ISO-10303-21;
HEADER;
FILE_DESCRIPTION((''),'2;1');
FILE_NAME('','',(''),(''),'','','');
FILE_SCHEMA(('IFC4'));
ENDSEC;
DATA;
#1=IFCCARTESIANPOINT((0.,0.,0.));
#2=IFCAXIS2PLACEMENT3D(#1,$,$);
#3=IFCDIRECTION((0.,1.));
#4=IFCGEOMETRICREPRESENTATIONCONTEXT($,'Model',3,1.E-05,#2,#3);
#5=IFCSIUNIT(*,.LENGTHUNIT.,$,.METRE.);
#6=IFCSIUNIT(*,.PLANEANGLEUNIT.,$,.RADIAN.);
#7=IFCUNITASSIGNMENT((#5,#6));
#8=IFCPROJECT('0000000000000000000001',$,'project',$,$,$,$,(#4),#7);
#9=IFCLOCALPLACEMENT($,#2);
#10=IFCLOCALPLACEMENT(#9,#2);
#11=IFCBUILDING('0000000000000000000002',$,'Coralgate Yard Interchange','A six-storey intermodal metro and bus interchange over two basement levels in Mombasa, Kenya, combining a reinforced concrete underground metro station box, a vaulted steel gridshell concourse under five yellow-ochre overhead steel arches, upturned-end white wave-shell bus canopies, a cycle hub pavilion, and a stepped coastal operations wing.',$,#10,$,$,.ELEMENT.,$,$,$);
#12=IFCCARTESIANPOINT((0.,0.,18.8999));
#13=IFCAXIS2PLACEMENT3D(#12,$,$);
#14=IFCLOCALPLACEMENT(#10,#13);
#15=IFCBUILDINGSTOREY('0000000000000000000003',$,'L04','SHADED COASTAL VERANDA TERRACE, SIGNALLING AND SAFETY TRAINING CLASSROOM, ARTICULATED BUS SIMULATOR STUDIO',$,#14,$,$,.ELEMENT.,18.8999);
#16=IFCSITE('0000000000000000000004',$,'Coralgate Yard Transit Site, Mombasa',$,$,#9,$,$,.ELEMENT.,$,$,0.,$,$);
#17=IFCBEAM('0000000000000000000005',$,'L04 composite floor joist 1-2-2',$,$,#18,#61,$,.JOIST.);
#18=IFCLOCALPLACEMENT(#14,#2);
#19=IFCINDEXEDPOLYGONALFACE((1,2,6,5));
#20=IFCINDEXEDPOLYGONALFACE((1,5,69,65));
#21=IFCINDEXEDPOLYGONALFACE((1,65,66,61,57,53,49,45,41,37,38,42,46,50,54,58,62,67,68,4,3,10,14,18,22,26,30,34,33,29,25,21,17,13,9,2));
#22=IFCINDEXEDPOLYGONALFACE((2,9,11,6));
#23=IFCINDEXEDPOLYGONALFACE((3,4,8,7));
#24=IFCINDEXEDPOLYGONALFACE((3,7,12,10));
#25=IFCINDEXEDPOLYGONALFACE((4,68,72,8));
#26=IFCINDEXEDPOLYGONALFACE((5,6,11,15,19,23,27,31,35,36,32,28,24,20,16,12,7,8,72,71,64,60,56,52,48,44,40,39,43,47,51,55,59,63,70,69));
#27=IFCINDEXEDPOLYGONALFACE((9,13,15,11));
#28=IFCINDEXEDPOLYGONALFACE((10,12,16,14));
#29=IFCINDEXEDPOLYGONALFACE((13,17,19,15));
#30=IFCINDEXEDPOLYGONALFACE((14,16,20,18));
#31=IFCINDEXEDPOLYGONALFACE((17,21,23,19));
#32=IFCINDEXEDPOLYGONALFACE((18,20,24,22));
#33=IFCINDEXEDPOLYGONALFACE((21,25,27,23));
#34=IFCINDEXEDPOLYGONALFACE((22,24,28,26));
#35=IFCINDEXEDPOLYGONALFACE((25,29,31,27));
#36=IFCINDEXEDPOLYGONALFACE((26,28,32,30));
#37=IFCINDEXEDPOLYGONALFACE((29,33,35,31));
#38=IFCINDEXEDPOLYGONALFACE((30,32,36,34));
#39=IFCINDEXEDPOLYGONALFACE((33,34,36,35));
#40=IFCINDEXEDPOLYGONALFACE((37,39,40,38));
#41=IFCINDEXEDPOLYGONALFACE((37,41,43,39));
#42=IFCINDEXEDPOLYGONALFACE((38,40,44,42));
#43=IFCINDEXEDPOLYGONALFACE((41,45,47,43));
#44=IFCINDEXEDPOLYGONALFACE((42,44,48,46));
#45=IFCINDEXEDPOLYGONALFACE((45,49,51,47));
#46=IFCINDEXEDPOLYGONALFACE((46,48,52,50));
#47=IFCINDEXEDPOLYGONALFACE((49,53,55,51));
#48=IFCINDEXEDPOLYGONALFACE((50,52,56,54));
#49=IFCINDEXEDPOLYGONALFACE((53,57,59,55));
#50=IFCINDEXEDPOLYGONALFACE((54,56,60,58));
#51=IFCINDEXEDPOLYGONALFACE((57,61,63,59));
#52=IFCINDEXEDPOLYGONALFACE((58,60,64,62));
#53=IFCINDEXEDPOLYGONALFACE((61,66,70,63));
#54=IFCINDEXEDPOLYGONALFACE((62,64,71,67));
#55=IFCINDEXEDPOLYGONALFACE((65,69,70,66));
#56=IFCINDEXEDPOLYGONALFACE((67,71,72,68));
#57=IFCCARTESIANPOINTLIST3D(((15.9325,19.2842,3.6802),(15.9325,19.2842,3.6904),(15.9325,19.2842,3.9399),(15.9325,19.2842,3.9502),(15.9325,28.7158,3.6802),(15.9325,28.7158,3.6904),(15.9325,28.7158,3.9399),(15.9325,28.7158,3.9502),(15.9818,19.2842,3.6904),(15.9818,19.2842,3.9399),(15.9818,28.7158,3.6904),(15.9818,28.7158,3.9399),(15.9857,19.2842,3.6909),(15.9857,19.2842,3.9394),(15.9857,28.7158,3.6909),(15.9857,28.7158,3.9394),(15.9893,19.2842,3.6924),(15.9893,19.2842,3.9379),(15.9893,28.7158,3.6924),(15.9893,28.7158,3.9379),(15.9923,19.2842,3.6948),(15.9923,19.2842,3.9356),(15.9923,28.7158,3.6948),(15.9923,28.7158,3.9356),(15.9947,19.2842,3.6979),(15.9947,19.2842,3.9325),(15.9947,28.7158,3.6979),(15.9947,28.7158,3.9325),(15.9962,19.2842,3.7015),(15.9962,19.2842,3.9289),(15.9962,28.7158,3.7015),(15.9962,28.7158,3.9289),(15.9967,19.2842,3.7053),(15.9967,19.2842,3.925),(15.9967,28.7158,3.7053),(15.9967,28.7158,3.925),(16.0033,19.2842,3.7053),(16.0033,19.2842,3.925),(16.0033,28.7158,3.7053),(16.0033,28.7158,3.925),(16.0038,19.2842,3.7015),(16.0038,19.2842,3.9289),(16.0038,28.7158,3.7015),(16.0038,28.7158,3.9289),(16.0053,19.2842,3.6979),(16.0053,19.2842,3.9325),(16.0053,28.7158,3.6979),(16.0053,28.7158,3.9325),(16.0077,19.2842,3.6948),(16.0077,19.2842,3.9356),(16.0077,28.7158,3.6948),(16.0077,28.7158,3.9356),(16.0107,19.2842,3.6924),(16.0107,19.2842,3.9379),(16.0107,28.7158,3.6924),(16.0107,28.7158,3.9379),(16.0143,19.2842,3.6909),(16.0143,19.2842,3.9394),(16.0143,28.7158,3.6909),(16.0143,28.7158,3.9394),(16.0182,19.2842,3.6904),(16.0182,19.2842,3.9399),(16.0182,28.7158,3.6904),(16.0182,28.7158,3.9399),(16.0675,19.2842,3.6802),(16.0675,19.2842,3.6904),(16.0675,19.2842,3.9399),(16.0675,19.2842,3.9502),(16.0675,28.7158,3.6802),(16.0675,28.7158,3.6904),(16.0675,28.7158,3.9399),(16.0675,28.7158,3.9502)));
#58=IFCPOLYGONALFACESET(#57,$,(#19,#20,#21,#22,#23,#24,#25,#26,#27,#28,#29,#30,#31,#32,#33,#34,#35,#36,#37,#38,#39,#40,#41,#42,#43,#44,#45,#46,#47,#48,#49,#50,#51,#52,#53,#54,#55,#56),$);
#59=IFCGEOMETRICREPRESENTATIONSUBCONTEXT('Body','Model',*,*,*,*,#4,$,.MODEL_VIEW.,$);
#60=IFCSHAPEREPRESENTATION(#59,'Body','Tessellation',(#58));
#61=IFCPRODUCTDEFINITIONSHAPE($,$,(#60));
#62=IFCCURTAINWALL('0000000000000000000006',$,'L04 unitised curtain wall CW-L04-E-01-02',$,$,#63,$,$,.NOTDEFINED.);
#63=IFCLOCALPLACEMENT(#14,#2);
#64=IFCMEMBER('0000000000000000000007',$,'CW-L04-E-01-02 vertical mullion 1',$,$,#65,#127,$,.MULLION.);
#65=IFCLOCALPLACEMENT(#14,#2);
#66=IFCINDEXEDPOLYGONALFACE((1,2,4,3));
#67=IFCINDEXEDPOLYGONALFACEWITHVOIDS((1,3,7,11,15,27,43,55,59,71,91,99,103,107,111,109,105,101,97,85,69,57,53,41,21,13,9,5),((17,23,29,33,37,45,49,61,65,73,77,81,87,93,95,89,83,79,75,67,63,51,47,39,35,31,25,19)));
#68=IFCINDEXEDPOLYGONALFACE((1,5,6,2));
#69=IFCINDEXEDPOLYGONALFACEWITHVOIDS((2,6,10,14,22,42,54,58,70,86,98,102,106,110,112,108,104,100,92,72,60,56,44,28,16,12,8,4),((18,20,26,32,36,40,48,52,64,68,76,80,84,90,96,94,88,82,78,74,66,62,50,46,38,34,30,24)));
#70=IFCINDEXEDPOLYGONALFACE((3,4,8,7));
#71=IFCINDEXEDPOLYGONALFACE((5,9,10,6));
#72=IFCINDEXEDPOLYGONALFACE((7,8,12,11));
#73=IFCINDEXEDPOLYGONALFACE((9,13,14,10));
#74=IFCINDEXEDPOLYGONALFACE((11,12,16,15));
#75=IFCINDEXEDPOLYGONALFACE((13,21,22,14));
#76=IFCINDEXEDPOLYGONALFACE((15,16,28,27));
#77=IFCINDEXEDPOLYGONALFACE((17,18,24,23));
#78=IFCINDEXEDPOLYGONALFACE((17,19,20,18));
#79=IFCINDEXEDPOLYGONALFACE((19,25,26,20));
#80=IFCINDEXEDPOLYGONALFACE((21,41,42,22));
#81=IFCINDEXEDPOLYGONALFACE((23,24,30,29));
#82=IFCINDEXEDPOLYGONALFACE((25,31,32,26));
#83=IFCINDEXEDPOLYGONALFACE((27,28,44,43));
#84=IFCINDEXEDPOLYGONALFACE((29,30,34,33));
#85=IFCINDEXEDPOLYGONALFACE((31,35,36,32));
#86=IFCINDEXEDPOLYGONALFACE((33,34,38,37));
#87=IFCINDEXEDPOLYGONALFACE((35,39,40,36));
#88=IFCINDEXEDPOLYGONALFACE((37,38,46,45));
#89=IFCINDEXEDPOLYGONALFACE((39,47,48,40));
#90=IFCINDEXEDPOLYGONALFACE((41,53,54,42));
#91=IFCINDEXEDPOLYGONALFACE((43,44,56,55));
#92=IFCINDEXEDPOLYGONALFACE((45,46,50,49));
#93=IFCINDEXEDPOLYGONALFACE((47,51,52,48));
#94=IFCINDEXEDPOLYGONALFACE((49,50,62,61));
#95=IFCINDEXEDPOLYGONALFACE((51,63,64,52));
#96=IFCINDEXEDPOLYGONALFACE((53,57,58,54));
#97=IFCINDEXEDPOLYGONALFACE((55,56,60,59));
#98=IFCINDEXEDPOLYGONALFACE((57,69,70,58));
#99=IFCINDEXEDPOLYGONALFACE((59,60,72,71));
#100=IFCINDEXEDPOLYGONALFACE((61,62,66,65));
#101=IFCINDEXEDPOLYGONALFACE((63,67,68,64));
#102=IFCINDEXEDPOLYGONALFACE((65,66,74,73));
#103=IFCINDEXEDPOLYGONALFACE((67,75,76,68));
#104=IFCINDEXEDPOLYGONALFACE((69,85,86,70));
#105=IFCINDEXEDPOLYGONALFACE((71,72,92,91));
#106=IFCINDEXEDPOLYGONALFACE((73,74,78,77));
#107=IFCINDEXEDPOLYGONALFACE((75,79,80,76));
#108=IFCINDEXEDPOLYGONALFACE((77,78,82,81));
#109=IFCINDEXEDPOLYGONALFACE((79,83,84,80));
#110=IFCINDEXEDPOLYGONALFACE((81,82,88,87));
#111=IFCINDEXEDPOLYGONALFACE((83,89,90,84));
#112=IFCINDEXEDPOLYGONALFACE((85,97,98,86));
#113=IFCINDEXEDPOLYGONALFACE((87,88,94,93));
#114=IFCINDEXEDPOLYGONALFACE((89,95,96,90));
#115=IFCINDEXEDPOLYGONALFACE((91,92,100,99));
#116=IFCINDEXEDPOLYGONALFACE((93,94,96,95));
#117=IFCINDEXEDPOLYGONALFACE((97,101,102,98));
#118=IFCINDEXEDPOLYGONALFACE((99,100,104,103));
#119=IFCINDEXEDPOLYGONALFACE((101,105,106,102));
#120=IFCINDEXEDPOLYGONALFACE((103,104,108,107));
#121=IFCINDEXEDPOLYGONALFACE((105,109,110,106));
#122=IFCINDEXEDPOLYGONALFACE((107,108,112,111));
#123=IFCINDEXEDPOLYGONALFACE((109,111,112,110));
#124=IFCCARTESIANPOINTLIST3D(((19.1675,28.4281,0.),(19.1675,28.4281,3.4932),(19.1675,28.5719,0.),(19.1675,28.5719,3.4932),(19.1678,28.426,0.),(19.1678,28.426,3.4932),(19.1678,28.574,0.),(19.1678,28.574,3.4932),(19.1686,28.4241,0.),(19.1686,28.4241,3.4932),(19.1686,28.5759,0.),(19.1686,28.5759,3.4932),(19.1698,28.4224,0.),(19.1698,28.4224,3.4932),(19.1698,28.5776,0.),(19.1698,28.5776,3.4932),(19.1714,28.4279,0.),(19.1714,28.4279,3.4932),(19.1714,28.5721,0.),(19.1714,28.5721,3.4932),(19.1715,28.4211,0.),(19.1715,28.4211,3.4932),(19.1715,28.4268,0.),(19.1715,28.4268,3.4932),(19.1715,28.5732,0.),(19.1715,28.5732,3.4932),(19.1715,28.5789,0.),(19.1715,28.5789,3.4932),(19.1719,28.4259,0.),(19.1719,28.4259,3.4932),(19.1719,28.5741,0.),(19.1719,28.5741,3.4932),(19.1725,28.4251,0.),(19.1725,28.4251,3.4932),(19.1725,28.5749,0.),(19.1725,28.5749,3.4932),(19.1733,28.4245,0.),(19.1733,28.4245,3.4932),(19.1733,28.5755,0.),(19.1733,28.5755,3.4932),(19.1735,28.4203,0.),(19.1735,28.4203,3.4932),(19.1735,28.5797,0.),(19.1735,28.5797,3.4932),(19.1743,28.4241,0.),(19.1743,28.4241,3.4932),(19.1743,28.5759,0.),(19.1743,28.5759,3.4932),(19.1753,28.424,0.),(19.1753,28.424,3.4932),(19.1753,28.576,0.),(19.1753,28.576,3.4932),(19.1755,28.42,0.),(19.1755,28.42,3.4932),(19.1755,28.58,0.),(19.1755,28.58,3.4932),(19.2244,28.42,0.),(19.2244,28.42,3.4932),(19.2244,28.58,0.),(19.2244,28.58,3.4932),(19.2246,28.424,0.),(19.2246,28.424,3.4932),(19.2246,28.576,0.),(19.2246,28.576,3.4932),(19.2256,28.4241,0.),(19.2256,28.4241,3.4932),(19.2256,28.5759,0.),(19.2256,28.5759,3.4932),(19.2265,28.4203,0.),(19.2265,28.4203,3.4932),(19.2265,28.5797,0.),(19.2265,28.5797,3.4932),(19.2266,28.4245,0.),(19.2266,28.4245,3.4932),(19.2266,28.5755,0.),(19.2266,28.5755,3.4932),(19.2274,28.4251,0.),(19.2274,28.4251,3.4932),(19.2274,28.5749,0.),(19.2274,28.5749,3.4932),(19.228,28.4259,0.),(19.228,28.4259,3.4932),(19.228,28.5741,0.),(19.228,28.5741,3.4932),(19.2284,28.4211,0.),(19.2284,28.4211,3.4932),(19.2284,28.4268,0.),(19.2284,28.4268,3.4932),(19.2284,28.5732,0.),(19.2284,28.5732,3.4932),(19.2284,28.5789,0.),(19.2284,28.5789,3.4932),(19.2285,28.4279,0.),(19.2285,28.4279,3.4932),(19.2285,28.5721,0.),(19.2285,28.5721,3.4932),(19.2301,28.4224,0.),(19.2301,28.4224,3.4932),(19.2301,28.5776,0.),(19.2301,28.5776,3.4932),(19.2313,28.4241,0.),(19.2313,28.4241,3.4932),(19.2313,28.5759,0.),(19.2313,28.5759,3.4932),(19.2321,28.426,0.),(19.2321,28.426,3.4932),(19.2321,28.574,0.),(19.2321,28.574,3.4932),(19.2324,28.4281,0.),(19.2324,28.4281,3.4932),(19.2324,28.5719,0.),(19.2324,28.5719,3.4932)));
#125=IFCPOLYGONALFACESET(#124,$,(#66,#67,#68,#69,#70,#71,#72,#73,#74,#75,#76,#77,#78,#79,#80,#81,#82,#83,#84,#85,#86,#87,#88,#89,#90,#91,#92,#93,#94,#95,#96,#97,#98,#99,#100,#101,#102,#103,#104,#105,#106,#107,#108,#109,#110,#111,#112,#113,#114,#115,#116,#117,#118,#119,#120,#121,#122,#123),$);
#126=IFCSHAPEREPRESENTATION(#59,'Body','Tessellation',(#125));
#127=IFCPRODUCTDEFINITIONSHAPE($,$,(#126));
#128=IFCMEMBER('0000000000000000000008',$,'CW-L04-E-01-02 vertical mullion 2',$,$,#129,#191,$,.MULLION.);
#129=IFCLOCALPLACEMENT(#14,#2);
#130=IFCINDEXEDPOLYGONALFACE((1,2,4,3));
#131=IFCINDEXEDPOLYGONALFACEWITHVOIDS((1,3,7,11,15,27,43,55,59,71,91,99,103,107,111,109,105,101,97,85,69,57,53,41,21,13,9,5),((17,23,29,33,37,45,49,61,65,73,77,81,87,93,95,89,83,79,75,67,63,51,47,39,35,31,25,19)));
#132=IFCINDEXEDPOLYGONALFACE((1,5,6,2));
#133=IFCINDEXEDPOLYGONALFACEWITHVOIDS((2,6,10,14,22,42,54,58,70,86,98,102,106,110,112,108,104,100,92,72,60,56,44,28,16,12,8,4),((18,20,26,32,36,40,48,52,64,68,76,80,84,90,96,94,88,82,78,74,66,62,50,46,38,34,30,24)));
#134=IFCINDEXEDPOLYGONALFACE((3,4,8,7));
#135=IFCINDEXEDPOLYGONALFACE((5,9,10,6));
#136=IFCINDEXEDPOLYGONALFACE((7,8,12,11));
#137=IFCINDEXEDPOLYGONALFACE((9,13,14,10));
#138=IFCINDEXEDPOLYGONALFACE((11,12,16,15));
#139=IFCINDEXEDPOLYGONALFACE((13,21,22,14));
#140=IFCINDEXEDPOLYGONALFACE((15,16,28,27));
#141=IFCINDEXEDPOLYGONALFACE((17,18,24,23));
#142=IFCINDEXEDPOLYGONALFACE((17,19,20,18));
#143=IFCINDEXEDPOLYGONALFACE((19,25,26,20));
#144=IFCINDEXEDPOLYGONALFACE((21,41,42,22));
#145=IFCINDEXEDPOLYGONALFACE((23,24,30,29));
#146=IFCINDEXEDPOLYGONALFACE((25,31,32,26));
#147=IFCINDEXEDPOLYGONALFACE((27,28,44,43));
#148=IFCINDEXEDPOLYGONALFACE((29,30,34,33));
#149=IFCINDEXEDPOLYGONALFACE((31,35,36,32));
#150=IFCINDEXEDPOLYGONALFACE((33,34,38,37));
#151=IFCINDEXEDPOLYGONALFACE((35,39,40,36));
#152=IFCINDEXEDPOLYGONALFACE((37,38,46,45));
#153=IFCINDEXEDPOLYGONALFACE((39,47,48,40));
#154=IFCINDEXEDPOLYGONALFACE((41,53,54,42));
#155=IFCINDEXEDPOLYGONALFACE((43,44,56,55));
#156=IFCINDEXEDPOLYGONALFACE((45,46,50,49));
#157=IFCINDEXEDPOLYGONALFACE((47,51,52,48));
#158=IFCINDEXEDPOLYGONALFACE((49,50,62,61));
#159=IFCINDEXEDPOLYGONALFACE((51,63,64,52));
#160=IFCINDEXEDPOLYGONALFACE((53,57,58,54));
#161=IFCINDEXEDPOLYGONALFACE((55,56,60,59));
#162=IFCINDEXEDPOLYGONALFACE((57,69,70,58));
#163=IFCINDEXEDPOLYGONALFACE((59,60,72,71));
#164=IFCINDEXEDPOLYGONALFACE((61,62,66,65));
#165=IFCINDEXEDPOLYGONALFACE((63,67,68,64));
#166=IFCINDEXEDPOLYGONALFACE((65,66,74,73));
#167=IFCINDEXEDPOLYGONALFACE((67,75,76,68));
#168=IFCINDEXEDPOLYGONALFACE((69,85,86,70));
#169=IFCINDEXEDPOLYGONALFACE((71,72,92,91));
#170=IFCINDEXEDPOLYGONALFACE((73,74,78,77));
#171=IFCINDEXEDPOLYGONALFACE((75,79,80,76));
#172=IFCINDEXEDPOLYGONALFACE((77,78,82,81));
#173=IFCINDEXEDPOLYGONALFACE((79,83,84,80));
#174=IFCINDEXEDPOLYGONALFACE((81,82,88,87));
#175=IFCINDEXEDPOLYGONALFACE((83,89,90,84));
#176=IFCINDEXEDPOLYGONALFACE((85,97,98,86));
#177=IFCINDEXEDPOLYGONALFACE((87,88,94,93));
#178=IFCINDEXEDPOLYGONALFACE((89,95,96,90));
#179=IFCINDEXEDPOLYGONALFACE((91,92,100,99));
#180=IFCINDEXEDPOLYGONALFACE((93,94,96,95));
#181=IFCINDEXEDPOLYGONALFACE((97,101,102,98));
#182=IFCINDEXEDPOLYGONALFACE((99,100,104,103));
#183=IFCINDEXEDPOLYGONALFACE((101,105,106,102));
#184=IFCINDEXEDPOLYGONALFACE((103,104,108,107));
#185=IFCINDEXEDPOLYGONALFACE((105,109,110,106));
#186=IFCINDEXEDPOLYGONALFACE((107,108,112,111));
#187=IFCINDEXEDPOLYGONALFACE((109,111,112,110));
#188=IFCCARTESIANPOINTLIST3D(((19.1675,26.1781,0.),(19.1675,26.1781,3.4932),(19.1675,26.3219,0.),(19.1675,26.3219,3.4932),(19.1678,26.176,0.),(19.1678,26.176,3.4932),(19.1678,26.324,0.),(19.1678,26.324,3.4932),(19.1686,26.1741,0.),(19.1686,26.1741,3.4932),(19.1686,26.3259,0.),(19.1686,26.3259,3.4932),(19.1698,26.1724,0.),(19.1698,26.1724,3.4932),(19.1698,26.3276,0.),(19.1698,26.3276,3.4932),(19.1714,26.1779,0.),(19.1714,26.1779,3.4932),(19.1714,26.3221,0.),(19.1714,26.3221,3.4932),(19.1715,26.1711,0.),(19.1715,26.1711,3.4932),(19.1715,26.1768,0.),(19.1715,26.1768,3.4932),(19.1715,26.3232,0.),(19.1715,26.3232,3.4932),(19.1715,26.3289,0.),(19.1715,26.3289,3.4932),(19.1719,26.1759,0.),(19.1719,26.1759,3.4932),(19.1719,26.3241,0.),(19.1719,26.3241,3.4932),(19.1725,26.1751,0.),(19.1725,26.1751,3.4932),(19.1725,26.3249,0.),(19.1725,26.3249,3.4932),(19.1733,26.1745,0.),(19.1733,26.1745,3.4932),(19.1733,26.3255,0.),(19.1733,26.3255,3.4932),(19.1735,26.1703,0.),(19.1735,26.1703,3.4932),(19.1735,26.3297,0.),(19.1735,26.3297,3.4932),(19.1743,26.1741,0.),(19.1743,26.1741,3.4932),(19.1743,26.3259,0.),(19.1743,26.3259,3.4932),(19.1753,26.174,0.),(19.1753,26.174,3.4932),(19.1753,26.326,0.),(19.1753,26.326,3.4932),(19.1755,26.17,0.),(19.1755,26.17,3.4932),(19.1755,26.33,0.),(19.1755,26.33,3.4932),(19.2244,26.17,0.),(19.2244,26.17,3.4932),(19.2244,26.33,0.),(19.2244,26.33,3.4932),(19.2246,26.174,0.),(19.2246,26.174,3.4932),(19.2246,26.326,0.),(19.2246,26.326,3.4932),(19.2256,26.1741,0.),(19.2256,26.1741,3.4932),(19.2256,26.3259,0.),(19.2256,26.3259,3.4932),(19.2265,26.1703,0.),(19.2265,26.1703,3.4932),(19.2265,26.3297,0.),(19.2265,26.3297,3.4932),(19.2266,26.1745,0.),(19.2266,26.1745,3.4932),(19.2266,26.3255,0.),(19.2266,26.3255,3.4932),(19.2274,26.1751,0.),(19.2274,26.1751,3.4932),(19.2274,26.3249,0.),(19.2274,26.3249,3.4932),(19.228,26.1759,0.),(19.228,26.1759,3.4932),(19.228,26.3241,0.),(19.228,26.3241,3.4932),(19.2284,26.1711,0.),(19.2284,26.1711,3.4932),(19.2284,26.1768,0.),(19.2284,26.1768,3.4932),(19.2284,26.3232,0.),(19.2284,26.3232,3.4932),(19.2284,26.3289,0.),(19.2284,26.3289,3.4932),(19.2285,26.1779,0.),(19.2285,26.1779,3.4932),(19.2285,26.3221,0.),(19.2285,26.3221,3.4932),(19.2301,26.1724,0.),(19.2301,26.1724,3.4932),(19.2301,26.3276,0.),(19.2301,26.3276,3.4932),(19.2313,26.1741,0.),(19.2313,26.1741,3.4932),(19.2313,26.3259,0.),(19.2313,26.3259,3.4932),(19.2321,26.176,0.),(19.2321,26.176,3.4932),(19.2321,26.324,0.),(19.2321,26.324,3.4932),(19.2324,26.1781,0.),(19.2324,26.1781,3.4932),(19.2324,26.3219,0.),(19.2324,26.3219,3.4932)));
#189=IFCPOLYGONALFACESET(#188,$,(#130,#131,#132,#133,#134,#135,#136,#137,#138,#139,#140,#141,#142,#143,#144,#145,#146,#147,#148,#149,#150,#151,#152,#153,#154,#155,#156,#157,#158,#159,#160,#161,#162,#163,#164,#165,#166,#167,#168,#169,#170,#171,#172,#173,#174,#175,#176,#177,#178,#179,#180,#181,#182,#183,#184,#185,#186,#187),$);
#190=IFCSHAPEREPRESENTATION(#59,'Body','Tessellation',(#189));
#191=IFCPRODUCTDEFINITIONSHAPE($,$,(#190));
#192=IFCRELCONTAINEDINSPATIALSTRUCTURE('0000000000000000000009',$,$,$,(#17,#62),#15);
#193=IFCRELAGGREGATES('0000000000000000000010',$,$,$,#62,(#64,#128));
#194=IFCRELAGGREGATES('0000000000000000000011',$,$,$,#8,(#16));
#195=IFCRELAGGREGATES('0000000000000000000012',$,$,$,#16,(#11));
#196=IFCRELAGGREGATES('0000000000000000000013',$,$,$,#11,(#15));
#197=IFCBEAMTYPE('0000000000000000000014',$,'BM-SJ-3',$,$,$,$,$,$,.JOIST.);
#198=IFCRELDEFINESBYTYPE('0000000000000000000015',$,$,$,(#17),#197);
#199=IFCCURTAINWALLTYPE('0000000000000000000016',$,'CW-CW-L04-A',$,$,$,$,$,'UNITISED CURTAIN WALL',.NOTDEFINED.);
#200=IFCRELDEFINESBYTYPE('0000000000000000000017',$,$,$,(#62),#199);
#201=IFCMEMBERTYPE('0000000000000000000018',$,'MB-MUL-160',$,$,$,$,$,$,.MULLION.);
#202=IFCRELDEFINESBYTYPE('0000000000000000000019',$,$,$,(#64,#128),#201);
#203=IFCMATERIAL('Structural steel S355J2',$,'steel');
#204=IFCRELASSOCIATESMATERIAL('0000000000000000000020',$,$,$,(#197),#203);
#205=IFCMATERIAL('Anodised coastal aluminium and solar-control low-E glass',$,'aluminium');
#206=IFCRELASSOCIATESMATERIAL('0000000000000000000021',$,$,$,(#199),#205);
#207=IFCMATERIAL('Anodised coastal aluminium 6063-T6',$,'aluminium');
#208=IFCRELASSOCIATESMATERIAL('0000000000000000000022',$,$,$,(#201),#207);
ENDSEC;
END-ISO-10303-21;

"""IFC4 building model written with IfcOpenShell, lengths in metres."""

from ifc_helpers import new_model, si_unit, direction, frame, origin, origin_2d, place, context, subcontext, project, spatial, hollow_rectangle, i_section, extrude, material, material_profile, profile_set, type_object, element, aggregate, save


model = new_model("IFC4")

# Units and contexts
model_context = context("Model", 3, precision=1e-05, world=origin(), true_north=direction((0.0, 1.0)))
body_context = subcontext(model_context, "Body", "Model", "MODEL_VIEW")
ifc_project = project(units=[si_unit("LENGTHUNIT", "METRE"), si_unit("PLANEANGLEUNIT", "RADIAN")], contexts=[model_context])

# Site, building, storey
site_placement = place(None, origin())
site = spatial("IfcSite", under=ifc_project, at=site_placement, Name="Coralgate Yard Transit Site, Mombasa", CompositionType="ELEMENT", RefElevation=0.0)
building_placement = place(site_placement, origin())
building = spatial("IfcBuilding", under=site, at=building_placement, Name="Coralgate Yard Interchange", Description="A six-storey intermodal metro and bus interchange over two basement levels in Mombasa, Kenya, combining a reinforced concrete underground metro station box, a vaulted steel gridshell concourse under five yellow-ochre overhead steel arches, upturned-end white wave-shell bus canopies, a cycle hub pavilion, and a stepped coastal operations wing.", CompositionType="ELEMENT")
storey_placement = place(building_placement, frame((0.0, 0.0, 18.8999)))
storey = spatial("IfcBuildingStorey", under=building, at=storey_placement, Name="L04", Description="SHADED COASTAL VERANDA TERRACE, SIGNALLING AND SAFETY TRAINING CLASSROOM, ARTICULATED BUS SIMULATOR STUDIO", CompositionType="ELEMENT", Elevation=18.8999)

# Shared definitions
ifc_material_1 = material(Name="Structural steel S355J2", Category="steel")

# Beam
ifc_material_profile_1 = material_profile(ifc_material_1, i_section(OverallWidth=0.135, OverallDepth=0.27, WebThickness=0.0066, FlangeThickness=0.0103, FilletRadius=0.0149, at=origin_2d()), Name="IPE 270")
ifc_profile_set_1 = profile_set([ifc_material_profile_1], Name="Structural steel S355J2")
beam_type_1 = type_object("IfcBeamType", Name="BM-SJ-3", PredefinedType="JOIST", material=ifc_profile_set_1)
for number, where, z_axis, x_axis, name in (
    (1, (16.0, 19.2842, 3.8152), (0.0, 1.0, 0.0), (-1.0, 0.0, 0.0), "L04 composite floor joist 1-2-2"),
):
    element("IfcBeam", number, at=place(storey_placement, frame(where, z_axis=z_axis, x_axis=x_axis)), inside=storey, type_object=beam_type_1, Name=name, PredefinedType="JOIST", context=body_context, shape_type="SweptSolid", body=[
        extrude(i_section(OverallWidth=0.135, OverallDepth=0.27, WebThickness=0.0066, FlangeThickness=0.0103, FilletRadius=0.0149, at=origin_2d()), origin(), (0.0, 0.0, 1.0), 9.4316),
    ])

# Curtain wall, members
ifc_material_2 = material(Name="Anodised coastal aluminium and solar-control low-E glass", Category="aluminium")
curtain_wall_type = type_object("IfcCurtainWallType", Name="CW-CW-L04-A", ElementType="UNITISED CURTAIN WALL", PredefinedType="NOTDEFINED", material=ifc_material_2)
curtain_wall_placement = place(storey_placement, origin())
curtain_wall = element("IfcCurtainWall", 2, at=curtain_wall_placement, inside=storey, type_object=curtain_wall_type, Name="L04 unitised curtain wall CW-L04-E-01-02", PredefinedType="NOTDEFINED")
ifc_material_3 = material(Name="Anodised coastal aluminium 6063-T6", Category="aluminium")
ifc_material_profile_2 = material_profile(ifc_material_3, hollow_rectangle(XDim=0.0649, YDim=0.1599, WallThickness=0.0039, InnerFilletRadius=0.0039, OuterFilletRadius=0.0081, at=origin_2d()), Name="ALU 65x160x4")
ifc_profile_set_2 = profile_set([ifc_material_profile_2], Name="Anodised coastal aluminium 6063-T6")
member_type_1 = type_object("IfcMemberType", Name="MB-MUL-160", PredefinedType="MULLION", material=ifc_profile_set_2)
member_1_placement = place(storey_placement, frame((19.2, 28.5, 0.0), z_axis=(0.0, 0.0, 1.0), x_axis=(1.0, 0.0, 0.0)))
member_1 = element("IfcMember", 3, at=member_1_placement, type_object=member_type_1, Name="CW-L04-E-01-02 vertical mullion 1", PredefinedType="MULLION", context=body_context, shape_type="SweptSolid", body=[
    extrude(hollow_rectangle(XDim=0.0649, YDim=0.1599, WallThickness=0.0039, InnerFilletRadius=0.0039, OuterFilletRadius=0.0081, at=origin_2d()), origin(), (0.0, 0.0, 1.0), 3.4932),
])
member_2_placement = place(storey_placement, frame((19.2, 26.25, 0.0), z_axis=(0.0, 0.0, 1.0), x_axis=(1.0, 0.0, 0.0)))
member_2 = element("IfcMember", 4, at=member_2_placement, type_object=member_type_1, Name="CW-L04-E-01-02 vertical mullion 2", PredefinedType="MULLION", context=body_context, shape_type="SweptSolid", body=[
    extrude(hollow_rectangle(XDim=0.0649, YDim=0.1599, WallThickness=0.0039, InnerFilletRadius=0.0039, OuterFilletRadius=0.0081, at=origin_2d()), origin(), (0.0, 0.0, 1.0), 3.4932),
])
aggregate(curtain_wall, [member_1, member_2])

save(model, "model.ifc")
